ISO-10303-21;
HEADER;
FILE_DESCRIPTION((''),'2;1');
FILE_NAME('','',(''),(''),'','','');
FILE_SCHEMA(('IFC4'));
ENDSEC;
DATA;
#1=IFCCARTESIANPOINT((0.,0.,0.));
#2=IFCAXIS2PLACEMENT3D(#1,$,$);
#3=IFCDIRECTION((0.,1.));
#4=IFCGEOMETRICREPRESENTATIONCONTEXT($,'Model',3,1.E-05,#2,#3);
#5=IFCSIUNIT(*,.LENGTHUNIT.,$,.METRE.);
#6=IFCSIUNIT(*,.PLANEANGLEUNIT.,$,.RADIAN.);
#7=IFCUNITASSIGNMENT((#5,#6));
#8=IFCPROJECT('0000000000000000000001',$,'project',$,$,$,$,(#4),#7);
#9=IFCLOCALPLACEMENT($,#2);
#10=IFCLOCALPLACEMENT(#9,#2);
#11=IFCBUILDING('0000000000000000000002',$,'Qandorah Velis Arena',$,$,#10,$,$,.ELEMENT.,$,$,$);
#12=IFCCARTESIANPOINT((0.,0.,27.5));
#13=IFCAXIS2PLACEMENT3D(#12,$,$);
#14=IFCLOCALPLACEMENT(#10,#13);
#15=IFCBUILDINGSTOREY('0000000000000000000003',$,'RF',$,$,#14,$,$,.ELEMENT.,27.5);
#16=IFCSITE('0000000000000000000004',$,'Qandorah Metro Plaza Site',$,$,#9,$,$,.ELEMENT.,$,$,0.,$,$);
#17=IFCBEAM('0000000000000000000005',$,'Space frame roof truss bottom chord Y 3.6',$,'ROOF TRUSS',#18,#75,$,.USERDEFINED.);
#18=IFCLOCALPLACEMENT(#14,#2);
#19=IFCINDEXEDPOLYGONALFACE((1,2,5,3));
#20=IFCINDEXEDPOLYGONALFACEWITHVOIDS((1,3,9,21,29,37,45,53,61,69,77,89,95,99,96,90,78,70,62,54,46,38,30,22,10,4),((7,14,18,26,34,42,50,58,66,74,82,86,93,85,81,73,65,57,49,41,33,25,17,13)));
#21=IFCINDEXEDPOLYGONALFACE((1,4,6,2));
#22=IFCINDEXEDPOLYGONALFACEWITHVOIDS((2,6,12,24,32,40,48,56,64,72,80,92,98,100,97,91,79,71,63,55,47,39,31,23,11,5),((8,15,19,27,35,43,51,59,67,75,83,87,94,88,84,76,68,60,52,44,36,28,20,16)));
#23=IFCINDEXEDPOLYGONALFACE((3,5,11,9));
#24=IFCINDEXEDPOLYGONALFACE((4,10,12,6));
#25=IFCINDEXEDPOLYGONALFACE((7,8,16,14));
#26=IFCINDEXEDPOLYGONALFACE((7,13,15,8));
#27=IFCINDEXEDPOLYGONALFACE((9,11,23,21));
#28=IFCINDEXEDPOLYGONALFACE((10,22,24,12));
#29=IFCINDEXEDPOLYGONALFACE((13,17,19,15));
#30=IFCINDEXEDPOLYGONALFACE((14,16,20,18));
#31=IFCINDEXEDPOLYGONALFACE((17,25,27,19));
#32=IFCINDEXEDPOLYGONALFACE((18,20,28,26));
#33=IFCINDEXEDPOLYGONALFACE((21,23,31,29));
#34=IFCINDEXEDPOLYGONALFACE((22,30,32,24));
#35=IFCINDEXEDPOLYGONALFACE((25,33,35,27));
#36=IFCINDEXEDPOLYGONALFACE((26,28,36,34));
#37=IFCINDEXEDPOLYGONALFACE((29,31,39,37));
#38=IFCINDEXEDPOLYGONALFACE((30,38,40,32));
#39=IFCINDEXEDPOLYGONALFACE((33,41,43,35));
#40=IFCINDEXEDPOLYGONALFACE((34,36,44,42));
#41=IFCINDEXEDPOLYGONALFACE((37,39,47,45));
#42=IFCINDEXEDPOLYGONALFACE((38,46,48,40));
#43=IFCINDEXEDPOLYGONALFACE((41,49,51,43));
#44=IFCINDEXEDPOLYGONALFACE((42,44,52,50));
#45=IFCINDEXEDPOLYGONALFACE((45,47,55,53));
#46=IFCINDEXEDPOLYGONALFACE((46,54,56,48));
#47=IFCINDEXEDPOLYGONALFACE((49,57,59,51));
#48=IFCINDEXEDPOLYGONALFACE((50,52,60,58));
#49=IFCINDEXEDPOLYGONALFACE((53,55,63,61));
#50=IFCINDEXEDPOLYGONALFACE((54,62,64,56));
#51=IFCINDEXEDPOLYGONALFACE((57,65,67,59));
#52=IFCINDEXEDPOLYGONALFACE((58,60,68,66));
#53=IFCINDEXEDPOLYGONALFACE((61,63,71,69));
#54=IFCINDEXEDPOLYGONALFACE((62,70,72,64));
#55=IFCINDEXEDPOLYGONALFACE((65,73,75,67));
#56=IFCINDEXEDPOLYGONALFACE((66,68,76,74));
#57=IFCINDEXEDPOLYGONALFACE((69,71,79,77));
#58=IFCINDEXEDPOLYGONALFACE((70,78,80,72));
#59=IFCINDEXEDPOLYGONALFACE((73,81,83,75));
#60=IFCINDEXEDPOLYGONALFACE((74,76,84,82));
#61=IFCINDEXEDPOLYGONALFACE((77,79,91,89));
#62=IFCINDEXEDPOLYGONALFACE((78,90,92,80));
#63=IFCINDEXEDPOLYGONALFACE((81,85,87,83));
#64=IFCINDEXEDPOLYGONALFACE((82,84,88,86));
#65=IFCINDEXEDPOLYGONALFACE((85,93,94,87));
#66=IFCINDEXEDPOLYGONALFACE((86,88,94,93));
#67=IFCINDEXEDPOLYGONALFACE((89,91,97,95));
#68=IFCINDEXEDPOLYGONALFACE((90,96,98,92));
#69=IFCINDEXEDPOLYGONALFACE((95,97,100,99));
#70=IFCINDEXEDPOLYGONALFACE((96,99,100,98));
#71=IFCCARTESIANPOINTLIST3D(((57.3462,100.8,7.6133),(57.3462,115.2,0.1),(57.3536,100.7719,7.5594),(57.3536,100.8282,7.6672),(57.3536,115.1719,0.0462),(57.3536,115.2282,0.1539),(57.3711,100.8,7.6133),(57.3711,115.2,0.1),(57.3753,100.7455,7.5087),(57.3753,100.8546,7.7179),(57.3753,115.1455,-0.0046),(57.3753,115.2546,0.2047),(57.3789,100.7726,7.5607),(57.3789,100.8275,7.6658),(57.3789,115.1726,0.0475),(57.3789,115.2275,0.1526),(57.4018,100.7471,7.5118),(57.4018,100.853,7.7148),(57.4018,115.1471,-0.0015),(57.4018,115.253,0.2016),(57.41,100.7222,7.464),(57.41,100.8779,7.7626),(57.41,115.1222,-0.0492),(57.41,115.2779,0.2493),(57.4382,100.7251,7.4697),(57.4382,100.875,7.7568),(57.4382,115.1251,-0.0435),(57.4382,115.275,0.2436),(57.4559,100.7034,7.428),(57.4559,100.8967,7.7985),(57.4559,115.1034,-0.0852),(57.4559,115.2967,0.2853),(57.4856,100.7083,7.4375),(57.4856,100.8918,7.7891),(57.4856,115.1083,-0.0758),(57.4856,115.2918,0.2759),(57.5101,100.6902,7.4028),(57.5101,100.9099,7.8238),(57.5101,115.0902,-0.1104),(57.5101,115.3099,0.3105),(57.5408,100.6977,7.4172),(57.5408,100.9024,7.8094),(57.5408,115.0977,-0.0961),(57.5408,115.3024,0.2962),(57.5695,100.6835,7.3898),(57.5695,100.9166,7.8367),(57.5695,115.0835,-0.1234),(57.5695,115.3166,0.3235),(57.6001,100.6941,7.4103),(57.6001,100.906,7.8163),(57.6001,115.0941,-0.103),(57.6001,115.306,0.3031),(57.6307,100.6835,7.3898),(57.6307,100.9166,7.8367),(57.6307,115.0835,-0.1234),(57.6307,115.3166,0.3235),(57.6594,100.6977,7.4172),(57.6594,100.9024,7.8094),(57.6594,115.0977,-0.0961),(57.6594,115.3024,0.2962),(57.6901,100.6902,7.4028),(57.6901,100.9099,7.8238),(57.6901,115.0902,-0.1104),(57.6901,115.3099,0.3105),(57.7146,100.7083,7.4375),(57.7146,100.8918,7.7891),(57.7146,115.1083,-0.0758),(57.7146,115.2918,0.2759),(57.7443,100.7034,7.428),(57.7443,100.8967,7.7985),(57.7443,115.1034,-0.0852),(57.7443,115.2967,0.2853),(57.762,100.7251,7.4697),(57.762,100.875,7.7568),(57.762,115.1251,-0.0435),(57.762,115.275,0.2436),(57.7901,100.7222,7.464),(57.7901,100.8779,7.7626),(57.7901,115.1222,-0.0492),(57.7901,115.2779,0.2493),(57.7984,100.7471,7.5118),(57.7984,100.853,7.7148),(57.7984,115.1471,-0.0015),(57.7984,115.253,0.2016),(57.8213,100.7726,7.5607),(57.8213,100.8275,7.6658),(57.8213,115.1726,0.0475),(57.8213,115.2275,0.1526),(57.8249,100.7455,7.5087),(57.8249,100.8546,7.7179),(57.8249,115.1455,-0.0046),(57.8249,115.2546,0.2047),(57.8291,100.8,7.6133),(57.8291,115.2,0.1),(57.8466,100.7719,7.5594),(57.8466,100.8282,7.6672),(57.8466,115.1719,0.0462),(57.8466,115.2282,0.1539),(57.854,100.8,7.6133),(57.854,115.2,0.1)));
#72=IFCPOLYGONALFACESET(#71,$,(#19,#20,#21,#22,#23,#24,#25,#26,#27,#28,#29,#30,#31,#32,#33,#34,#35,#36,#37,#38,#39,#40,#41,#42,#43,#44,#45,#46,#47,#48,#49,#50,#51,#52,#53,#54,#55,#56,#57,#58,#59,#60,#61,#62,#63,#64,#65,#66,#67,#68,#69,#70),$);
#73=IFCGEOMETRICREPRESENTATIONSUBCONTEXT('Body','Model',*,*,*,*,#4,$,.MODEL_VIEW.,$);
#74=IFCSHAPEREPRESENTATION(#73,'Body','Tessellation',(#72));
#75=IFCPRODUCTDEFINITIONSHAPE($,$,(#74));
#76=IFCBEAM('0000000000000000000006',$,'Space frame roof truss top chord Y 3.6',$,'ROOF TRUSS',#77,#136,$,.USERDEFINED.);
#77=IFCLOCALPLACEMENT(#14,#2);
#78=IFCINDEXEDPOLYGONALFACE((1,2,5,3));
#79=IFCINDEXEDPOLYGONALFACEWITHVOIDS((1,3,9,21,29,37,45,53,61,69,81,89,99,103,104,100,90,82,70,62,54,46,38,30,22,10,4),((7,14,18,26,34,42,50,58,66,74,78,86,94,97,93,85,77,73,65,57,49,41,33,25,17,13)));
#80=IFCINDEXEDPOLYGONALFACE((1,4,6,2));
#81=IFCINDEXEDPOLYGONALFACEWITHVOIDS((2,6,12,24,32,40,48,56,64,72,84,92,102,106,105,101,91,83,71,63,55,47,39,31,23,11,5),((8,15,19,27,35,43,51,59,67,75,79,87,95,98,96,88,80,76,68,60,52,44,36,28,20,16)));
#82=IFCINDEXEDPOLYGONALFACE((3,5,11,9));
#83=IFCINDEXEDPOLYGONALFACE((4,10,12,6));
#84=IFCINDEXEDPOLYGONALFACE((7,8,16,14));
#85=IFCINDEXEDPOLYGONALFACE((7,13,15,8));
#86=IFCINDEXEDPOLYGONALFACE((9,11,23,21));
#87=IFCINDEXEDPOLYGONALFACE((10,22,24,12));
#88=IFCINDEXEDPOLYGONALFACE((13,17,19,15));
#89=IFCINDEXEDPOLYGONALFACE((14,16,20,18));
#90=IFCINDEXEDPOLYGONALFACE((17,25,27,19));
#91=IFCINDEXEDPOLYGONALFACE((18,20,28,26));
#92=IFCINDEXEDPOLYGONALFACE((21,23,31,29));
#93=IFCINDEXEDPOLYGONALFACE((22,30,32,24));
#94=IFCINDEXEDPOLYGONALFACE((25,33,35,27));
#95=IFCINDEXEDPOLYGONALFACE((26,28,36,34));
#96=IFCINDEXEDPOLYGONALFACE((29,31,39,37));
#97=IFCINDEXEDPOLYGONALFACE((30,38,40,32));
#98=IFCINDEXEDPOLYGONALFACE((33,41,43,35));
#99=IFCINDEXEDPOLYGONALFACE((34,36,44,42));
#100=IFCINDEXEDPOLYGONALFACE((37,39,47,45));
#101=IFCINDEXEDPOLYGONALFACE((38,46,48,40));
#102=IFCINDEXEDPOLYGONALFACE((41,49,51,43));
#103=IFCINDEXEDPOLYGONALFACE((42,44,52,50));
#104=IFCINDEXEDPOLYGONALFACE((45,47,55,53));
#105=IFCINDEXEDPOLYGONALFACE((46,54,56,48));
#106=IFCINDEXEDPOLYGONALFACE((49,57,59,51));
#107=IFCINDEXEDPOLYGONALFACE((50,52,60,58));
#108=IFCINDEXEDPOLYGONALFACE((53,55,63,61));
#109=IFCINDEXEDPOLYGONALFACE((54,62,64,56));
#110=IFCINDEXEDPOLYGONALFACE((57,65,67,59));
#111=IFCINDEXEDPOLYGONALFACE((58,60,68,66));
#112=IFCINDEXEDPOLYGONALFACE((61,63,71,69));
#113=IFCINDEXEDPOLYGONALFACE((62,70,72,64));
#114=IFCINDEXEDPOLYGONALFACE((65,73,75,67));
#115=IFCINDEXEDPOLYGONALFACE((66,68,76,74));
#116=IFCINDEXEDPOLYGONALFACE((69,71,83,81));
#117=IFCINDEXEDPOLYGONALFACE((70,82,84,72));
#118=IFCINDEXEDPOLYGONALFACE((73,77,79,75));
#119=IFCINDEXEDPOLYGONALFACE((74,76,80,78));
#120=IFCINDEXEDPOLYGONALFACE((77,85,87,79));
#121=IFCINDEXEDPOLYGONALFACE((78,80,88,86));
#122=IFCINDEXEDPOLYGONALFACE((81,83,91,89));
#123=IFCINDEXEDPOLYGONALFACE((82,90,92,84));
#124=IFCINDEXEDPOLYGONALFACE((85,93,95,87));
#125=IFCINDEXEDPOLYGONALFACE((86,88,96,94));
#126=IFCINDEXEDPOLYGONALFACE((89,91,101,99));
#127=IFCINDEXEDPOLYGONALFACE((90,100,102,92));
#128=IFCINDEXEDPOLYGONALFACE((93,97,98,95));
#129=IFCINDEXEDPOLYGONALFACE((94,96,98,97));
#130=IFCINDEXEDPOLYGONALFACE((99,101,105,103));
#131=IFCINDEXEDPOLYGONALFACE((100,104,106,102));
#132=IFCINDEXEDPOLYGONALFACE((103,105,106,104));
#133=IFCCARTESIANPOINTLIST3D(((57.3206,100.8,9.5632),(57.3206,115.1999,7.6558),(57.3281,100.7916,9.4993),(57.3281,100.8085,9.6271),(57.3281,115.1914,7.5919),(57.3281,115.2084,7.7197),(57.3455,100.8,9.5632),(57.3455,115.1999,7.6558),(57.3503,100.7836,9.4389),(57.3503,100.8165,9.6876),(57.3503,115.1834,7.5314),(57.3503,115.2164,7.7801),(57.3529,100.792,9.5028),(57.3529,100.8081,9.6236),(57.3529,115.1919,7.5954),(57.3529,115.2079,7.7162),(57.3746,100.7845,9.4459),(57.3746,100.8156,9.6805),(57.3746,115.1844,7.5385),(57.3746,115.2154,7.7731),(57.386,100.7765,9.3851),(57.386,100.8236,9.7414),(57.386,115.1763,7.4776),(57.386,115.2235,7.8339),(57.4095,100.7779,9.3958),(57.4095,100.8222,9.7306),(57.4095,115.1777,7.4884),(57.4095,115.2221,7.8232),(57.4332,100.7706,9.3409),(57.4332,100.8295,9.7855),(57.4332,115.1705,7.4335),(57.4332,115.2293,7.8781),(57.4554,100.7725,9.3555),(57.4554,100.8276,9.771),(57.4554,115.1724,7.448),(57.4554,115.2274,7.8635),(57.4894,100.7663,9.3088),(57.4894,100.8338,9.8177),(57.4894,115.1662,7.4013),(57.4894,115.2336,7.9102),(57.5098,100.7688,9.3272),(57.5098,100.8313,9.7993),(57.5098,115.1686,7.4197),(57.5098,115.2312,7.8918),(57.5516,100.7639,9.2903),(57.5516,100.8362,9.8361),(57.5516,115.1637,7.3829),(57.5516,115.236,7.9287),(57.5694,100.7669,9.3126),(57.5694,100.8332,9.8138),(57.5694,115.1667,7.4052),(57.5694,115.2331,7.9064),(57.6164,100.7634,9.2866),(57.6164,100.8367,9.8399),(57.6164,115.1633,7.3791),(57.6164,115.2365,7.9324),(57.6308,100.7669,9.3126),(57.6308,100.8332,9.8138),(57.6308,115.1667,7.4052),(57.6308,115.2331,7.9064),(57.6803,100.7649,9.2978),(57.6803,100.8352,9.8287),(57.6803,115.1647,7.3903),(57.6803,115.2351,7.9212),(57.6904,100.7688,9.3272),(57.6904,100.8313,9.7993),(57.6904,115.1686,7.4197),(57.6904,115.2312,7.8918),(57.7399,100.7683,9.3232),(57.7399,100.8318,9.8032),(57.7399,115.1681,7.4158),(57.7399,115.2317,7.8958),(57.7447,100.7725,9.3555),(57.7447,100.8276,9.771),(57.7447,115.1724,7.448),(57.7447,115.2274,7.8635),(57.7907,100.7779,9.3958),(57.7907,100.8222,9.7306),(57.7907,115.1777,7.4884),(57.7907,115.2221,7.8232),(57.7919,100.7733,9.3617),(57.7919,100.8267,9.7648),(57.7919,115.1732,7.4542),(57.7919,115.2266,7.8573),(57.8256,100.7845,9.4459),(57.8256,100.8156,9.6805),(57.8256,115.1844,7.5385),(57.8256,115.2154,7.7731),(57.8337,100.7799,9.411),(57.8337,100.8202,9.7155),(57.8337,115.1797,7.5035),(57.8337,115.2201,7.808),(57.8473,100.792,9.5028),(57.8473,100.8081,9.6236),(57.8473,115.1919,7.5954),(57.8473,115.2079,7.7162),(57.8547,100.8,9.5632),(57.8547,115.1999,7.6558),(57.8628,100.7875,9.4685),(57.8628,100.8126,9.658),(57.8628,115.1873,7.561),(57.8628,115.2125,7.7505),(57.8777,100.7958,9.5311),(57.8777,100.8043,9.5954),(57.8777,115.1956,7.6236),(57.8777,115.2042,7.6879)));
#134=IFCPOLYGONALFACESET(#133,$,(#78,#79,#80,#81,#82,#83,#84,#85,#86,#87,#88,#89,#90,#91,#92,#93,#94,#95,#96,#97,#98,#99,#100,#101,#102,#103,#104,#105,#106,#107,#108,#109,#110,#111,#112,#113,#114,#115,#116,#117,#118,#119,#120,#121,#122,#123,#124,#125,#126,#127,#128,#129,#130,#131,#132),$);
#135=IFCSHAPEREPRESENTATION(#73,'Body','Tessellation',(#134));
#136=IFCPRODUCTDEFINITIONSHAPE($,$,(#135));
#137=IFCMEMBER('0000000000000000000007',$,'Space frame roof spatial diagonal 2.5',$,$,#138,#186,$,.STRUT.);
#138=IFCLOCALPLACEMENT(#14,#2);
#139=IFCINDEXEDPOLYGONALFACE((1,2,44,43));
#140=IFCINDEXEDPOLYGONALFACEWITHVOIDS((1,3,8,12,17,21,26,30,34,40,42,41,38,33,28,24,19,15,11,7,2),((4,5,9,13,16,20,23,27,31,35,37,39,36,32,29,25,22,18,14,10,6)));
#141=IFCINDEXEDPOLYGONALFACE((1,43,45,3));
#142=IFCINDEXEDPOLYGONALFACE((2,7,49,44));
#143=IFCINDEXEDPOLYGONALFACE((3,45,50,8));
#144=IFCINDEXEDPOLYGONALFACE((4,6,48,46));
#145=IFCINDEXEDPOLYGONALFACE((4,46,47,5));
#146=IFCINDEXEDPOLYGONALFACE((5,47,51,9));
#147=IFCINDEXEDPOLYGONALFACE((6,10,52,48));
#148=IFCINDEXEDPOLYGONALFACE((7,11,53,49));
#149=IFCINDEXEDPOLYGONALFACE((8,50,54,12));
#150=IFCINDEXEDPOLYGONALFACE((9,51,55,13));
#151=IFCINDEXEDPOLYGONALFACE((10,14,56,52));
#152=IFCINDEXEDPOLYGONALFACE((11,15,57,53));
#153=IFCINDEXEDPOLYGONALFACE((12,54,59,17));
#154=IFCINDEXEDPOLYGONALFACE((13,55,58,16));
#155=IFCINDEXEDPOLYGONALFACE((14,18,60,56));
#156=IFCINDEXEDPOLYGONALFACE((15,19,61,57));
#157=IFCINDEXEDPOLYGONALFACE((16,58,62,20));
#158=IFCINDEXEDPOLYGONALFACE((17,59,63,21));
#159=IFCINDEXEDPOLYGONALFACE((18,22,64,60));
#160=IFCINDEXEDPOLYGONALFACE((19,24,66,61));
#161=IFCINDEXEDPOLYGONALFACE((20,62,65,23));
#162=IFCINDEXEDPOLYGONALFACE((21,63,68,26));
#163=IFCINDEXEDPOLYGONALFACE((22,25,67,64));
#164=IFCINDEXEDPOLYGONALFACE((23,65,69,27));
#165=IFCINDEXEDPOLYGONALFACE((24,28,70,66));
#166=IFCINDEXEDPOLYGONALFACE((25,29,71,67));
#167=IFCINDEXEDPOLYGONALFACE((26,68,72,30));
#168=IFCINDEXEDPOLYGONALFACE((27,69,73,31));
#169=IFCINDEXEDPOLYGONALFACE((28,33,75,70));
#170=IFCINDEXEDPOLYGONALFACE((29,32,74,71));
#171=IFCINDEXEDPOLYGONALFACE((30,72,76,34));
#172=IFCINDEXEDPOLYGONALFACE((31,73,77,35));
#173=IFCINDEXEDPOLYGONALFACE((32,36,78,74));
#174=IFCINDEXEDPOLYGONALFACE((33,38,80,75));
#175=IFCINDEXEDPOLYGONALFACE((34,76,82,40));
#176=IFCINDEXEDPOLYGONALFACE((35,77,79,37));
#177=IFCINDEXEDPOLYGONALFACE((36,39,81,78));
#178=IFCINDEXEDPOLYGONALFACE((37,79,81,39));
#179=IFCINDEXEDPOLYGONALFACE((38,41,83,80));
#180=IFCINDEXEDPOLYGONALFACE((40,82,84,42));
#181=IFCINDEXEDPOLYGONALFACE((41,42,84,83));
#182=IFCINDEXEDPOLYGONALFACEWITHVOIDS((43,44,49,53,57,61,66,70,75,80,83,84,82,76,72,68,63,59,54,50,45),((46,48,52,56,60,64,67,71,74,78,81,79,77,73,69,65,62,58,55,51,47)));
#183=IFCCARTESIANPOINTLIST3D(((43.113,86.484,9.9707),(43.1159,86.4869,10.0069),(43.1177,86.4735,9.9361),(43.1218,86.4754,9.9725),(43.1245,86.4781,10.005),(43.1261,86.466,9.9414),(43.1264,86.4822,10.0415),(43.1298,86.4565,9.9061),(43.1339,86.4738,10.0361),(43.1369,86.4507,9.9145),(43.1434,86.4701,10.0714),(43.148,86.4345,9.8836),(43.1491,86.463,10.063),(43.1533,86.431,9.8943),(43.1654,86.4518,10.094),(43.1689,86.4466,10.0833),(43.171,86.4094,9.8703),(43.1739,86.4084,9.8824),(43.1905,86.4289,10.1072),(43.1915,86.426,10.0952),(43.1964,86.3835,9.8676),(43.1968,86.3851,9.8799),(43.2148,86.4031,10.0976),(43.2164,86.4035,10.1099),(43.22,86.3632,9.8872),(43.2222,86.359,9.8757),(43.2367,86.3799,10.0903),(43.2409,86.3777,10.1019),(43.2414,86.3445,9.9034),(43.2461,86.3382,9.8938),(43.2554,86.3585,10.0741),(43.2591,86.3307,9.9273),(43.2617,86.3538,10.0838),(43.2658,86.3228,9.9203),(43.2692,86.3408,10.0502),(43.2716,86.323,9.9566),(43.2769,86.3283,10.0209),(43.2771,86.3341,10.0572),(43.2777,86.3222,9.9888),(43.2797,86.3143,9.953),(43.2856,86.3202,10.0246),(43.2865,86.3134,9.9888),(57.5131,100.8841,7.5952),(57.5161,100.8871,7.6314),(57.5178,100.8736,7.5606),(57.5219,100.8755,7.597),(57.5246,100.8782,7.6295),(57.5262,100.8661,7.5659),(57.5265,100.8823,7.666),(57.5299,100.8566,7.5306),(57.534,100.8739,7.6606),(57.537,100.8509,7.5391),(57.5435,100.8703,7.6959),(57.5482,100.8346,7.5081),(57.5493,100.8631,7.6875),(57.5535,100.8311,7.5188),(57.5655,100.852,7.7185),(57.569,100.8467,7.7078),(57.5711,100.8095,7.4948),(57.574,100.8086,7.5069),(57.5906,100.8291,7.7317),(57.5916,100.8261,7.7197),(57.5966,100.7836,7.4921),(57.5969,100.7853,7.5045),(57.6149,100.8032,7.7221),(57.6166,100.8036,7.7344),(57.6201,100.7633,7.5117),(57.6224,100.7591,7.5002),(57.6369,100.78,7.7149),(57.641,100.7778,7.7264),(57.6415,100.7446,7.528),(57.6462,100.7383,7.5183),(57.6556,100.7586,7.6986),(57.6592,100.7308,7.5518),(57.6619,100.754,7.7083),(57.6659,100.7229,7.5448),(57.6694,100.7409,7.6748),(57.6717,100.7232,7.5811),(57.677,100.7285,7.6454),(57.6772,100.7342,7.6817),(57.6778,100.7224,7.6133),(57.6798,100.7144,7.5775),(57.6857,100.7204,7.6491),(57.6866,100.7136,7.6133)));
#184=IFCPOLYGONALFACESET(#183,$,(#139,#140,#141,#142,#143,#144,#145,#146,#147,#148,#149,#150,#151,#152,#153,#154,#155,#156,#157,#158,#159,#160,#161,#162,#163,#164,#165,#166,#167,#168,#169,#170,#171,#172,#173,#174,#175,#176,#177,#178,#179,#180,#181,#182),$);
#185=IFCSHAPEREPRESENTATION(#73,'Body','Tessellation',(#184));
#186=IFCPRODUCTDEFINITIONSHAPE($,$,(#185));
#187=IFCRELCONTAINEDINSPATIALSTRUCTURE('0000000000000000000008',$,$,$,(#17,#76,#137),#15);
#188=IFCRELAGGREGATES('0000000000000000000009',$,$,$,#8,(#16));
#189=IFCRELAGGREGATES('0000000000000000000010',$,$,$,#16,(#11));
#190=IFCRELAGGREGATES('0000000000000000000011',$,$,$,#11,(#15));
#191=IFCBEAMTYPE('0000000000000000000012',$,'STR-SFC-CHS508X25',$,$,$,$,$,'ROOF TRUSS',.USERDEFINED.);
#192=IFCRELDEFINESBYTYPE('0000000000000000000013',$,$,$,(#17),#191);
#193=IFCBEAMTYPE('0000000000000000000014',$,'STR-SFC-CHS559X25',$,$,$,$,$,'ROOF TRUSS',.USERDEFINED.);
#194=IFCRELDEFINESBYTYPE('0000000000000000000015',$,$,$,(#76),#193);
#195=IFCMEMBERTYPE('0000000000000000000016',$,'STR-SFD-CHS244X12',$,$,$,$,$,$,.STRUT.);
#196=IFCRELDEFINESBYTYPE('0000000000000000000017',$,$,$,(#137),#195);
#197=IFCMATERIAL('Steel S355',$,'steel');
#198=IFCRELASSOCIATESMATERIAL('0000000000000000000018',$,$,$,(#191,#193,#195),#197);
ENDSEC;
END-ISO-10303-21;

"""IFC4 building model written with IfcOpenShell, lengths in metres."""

from ifc_helpers import new_model, si_unit, direction, frame, origin, origin_2d, place, context, subcontext, project, spatial, hollow_circle, extrude, material, material_profile, profile_set, type_object, element, save


model = new_model("IFC4")

# Units and contexts
model_context = context("Model", 3, precision=1e-05, world=origin(), true_north=direction((0.0, 1.0)))
body_context = subcontext(model_context, "Body", "Model", "MODEL_VIEW")
ifc_project = project(units=[si_unit("LENGTHUNIT", "METRE"), si_unit("PLANEANGLEUNIT", "RADIAN")], contexts=[model_context])

# Site, building, storey
site_placement = place(None, origin())
site = spatial("IfcSite", under=ifc_project, at=site_placement, Name="Qandorah Metro Plaza Site", CompositionType="ELEMENT", RefElevation=0.0)
building_placement = place(site_placement, origin())
building = spatial("IfcBuilding", under=site, at=building_placement, Name="Qandorah Velis Arena", CompositionType="ELEMENT")
storey_placement = place(building_placement, frame((0.0, 0.0, 27.5)))
storey = spatial("IfcBuildingStorey", under=building, at=storey_placement, Name="RF", CompositionType="ELEMENT", Elevation=27.5)

# Beams
ifc_material_1 = material(Name="Steel S355", Category="steel")
ifc_material_profile_1 = material_profile(ifc_material_1, hollow_circle(Radius=0.2539, WallThickness=0.0249, at=origin_2d()), Name="CHS 508x25")
ifc_profile_set_1 = profile_set([ifc_material_profile_1], Name="Steel S355")
beam_type_1 = type_object("IfcBeamType", Name="STR-SFC-CHS508X25", ElementType="ROOF TRUSS", PredefinedType="USERDEFINED", material=ifc_profile_set_1)
beam_1_placement = place(storey_placement, frame((57.6001, 100.8, 7.6133), z_axis=(0.0, 0.88658, -0.462575), x_axis=(-1.0, 0.0, 0.0)))
element("IfcBeam", 1, at=beam_1_placement, inside=storey, type_object=beam_type_1, Name="Space frame roof truss bottom chord Y 3.6", ObjectType="ROOF TRUSS", PredefinedType="USERDEFINED", context=body_context, shape_type="SweptSolid", body=[
    extrude(hollow_circle(Radius=0.2539, WallThickness=0.0249, at=origin_2d()), origin(), (0.0, 0.0, 1.0), 16.2422),
])
ifc_material_profile_2 = material_profile(ifc_material_1, hollow_circle(Radius=0.2795, WallThickness=0.0249, at=origin_2d()), Name="CHS 559x25")
ifc_profile_set_2 = profile_set([ifc_material_profile_2], Name="Steel S355")
beam_type_2 = type_object("IfcBeamType", Name="STR-SFC-CHS559X25", ElementType="ROOF TRUSS", PredefinedType="USERDEFINED", material=ifc_profile_set_2)
beam_2_placement = place(storey_placement, frame((57.6001, 100.8, 9.5632), z_axis=(0.0, 0.99134, -0.131317), x_axis=(-1.0, 0.0, 0.0)))
element("IfcBeam", 2, at=beam_2_placement, inside=storey, type_object=beam_type_2, Name="Space frame roof truss top chord Y 3.6", ObjectType="ROOF TRUSS", PredefinedType="USERDEFINED", context=body_context, shape_type="SweptSolid", body=[
    extrude(hollow_circle(Radius=0.2795, WallThickness=0.0249, at=origin_2d()), origin(), (0.0, 0.0, 1.0), 14.5256),
])

# Member
ifc_material_profile_3 = material_profile(ifc_material_1, hollow_circle(Radius=0.1223, WallThickness=0.0125, at=origin_2d()), Name="CHS 244.5x12.5")
ifc_profile_set_3 = profile_set([ifc_material_profile_3], Name="Steel S355")
member_type_1 = type_object("IfcMemberType", Name="STR-SFD-CHS244X12", PredefinedType="STRUT", material=ifc_profile_set_3)
member_1_placement = place(storey_placement, frame((57.6001, 100.8, 7.6133), z_axis=(-0.702345, -0.702345, 0.115861), x_axis=(0.707107, -0.707107, 0.0)))
element("IfcMember", 3, at=member_1_placement, inside=storey, type_object=member_type_1, Name="Space frame roof spatial diagonal 2.5", PredefinedType="STRUT", context=body_context, shape_type="SweptSolid", body=[
    extrude(hollow_circle(Radius=0.1223, WallThickness=0.0125, at=origin_2d()), origin(), (0.0, 0.0, 1.0), 20.5029),
])

save(model, "model.ifc")
